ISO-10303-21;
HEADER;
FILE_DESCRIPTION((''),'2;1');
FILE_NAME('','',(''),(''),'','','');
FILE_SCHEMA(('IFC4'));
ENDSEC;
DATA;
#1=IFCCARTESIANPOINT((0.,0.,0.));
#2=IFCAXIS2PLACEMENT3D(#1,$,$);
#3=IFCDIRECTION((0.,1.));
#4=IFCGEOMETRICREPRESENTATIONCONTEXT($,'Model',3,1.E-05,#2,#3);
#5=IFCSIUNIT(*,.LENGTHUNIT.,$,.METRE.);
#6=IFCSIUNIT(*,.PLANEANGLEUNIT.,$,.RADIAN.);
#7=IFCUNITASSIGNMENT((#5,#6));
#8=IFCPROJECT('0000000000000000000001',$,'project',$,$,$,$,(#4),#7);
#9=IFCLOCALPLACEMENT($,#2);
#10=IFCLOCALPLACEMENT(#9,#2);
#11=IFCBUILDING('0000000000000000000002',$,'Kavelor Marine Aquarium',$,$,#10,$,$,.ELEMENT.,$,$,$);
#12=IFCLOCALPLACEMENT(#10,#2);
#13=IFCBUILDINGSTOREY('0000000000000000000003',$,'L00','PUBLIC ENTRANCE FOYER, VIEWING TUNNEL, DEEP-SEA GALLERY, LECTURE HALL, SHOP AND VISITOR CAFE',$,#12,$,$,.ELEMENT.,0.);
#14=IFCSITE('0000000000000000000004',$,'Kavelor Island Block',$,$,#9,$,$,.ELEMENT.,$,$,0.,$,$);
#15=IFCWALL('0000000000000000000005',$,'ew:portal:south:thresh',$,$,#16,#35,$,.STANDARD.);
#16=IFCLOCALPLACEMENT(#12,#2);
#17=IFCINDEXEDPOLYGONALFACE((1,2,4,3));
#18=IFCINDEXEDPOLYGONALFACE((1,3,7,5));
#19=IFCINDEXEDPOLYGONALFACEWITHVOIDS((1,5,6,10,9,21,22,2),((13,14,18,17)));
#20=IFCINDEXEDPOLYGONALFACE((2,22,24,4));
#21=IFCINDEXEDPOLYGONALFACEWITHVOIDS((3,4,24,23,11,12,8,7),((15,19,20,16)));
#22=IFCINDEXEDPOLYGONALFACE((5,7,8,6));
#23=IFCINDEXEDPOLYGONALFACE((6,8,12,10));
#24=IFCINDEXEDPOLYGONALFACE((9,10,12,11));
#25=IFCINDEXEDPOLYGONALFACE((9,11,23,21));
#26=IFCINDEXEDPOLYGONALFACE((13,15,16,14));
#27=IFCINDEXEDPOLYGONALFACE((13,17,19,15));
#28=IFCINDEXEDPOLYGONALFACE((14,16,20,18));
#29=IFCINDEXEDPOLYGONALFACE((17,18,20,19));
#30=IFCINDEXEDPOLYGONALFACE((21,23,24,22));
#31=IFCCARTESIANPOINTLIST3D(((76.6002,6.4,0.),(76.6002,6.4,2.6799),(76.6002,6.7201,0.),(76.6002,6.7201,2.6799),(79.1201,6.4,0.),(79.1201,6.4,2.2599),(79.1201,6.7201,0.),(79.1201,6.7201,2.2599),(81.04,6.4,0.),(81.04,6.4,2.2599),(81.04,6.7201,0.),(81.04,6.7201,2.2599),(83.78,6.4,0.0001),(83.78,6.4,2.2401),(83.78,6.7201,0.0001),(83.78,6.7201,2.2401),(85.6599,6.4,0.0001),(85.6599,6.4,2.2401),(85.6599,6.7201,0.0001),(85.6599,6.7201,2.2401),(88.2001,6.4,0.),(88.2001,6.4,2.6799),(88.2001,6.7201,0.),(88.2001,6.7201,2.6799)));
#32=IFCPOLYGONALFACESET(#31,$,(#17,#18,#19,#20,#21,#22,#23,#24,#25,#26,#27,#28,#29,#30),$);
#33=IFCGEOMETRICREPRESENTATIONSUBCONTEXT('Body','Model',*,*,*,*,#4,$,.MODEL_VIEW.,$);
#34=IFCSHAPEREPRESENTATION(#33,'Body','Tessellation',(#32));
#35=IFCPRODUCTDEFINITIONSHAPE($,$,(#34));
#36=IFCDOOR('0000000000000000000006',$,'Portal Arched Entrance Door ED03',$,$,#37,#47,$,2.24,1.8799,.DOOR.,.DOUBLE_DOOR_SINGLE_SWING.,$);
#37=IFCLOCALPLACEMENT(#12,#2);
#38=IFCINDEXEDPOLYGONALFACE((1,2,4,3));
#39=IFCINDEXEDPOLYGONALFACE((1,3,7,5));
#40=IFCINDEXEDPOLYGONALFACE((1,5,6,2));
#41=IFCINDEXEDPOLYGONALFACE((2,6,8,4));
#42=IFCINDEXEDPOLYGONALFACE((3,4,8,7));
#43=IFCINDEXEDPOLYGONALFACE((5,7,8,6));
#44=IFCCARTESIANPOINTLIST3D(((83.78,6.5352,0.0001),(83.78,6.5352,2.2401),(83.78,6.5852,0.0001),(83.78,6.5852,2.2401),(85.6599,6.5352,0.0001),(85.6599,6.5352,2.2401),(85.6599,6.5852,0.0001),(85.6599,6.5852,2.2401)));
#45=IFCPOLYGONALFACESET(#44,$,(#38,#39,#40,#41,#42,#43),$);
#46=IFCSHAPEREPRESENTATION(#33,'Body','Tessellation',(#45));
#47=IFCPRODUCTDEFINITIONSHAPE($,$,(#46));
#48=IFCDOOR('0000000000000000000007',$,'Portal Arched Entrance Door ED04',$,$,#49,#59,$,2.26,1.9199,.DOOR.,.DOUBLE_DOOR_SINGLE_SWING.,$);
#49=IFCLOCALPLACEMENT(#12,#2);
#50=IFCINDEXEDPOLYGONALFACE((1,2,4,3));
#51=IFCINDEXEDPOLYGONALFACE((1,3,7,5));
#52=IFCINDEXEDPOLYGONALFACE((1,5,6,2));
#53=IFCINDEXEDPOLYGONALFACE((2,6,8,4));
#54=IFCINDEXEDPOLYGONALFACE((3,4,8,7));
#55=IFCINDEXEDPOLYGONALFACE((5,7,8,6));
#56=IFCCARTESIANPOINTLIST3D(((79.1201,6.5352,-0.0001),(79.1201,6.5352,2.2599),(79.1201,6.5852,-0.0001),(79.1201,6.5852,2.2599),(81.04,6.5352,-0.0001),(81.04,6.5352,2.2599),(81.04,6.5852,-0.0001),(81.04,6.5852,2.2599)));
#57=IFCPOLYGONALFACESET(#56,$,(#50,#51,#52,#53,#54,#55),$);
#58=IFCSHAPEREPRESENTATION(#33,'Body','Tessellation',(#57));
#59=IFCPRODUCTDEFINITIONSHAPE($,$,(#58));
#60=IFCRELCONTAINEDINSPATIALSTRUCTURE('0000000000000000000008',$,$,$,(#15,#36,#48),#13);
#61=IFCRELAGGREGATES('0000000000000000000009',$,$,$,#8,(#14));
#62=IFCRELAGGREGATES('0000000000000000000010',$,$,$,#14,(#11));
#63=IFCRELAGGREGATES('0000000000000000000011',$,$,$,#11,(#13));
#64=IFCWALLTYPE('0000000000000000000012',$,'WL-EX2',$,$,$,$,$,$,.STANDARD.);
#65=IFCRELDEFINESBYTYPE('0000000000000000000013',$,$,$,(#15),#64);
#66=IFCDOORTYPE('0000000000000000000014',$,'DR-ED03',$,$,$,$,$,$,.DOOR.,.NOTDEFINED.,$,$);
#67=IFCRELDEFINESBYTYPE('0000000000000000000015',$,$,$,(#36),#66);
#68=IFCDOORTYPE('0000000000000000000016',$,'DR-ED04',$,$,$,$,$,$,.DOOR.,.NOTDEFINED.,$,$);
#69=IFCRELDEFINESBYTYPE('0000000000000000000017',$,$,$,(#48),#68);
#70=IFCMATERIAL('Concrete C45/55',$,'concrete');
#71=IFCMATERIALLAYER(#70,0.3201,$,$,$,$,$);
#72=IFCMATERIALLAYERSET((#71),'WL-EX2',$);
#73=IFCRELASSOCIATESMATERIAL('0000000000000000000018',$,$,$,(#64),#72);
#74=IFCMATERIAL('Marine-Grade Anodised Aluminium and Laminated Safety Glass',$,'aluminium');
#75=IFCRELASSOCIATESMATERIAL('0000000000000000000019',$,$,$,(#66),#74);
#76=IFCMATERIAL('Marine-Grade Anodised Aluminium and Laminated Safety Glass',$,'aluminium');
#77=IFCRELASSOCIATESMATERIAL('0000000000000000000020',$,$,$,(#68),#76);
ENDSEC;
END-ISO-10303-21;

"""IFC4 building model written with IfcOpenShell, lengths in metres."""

from ifc_helpers import new_model, si_unit, direction, frame, frame_2d, origin, place, context, subcontext, project, spatial, rectangle, extrude, material, layer, layer_set, type_object, element, fill, save


model = new_model("IFC4")

# Units and contexts
model_context = context("Model", 3, precision=1e-05, world=origin(), true_north=direction((0.0, 1.0)))
body_context = subcontext(model_context, "Body", "Model", "MODEL_VIEW")
ifc_project = project(units=[si_unit("LENGTHUNIT", "METRE"), si_unit("PLANEANGLEUNIT", "RADIAN")], contexts=[model_context])

# Site, building, storey
site_placement = place(None, origin())
site = spatial("IfcSite", under=ifc_project, at=site_placement, Name="Kavelor Island Block", CompositionType="ELEMENT", RefElevation=0.0)
building_placement = place(site_placement, origin())
building = spatial("IfcBuilding", under=site, at=building_placement, Name="Kavelor Marine Aquarium", CompositionType="ELEMENT")
storey_placement = place(building_placement, origin())
storey = spatial("IfcBuildingStorey", under=building, at=storey_placement, Name="L00", Description="PUBLIC ENTRANCE FOYER, VIEWING TUNNEL, DEEP-SEA GALLERY, LECTURE HALL, SHOP AND VISITOR CAFE", CompositionType="ELEMENT", Elevation=0.0)

# Shared definitions
ifc_material_1 = material(Name="Concrete C45/55", Category="concrete")
ifc_layer_1 = layer(ifc_material_1, 0.3201)
ifc_layer_set_1 = layer_set([ifc_layer_1], Name="WL-EX2")
wall_type_1 = type_object("IfcWallType", Name="WL-EX2", PredefinedType="STANDARD", material=ifc_layer_set_1)

# Wall, openings, doors
wall_1_placement = place(storey_placement, frame((88.2, 6.5601, 0.0), z_axis=(0.0, 0.0, 1.0), x_axis=(-1.0, 0.0, 0.0)))
wall_1 = element("IfcWall", 1, at=wall_1_placement, inside=storey, type_object=wall_type_1, Name="ew:portal:south:thresh", PredefinedType="STANDARD", context=body_context, shape_type="SweptSolid", body=[
    extrude(rectangle(XDim=11.5999, YDim=0.3201, at=frame_2d((5.7998, 0.0))), origin(), (0.0, 0.0, 1.0), 2.6799),
])
opening_1_placement = place(wall_1_placement, frame((2.54, 0.0, 0.0)))
opening_1 = element("IfcOpeningElement", 2, at=opening_1_placement, cuts=wall_1, PredefinedType="OPENING", context=body_context, shape_type="SweptSolid", body=[
    extrude(rectangle(XDim=1.8799, YDim=2.24, at=frame_2d((0.9399, 1.1201))), frame((0.0, 0.1699, 0.0), z_axis=(0.0, -1.0, 0.0), x_axis=(1.0, 0.0, 0.0)), (0.0, 0.0, 1.0), 0.3401),
])
opening_2_placement = place(wall_1_placement, frame((7.1599, 0.0, 0.0)))
opening_2 = element("IfcOpeningElement", 3, at=opening_2_placement, cuts=wall_1, PredefinedType="OPENING", context=body_context, shape_type="SweptSolid", body=[
    extrude(rectangle(XDim=1.9199, YDim=2.26, at=frame_2d((0.96, 1.1299))), frame((0.0, 0.1699, 0.0), z_axis=(0.0, -1.0, 0.0), x_axis=(1.0, 0.0, 0.0)), (0.0, 0.0, 1.0), 0.3401),
])
ifc_material_2 = material(Name="Marine-Grade Anodised Aluminium and Laminated Safety Glass", Category="aluminium")
door_type_1 = type_object("IfcDoorType", Name="DR-ED03", OperationType="NOTDEFINED", PredefinedType="DOOR", material=ifc_material_2)
door_1_placement = place(opening_1_placement, origin())
door_1 = element("IfcDoor", 4, at=door_1_placement, inside=storey, type_object=door_type_1, Name="Portal Arched Entrance Door ED03", OperationType="DOUBLE_DOOR_SINGLE_SWING", OverallHeight=2.24, OverallWidth=1.8799, PredefinedType="DOOR", context=body_context, shape_type="SweptSolid", body=[
    extrude(rectangle(XDim=1.8799, YDim=2.24, at=frame_2d((0.9399, 1.1201))), frame((0.0, 0.0249, 0.0), z_axis=(0.0, -1.0, 0.0), x_axis=(1.0, 0.0, 0.0)), (0.0, 0.0, 1.0), 0.05),
])
fill(opening_1, door_1)
ifc_material_3 = material(Name="Marine-Grade Anodised Aluminium and Laminated Safety Glass", Category="aluminium")
door_type_2 = type_object("IfcDoorType", Name="DR-ED04", OperationType="NOTDEFINED", PredefinedType="DOOR", material=ifc_material_3)
door_2_placement = place(opening_2_placement, origin())
door_2 = element("IfcDoor", 5, at=door_2_placement, inside=storey, type_object=door_type_2, Name="Portal Arched Entrance Door ED04", OperationType="DOUBLE_DOOR_SINGLE_SWING", OverallHeight=2.26, OverallWidth=1.9199, PredefinedType="DOOR", context=body_context, shape_type="SweptSolid", body=[
    extrude(rectangle(XDim=1.9199, YDim=2.26, at=frame_2d((0.96, 1.1299))), frame((0.0, 0.0249, 0.0), z_axis=(0.0, -1.0, 0.0), x_axis=(1.0, 0.0, 0.0)), (0.0, 0.0, 1.0), 0.05),
])
fill(opening_2, door_2)

save(model, "model.ifc")
